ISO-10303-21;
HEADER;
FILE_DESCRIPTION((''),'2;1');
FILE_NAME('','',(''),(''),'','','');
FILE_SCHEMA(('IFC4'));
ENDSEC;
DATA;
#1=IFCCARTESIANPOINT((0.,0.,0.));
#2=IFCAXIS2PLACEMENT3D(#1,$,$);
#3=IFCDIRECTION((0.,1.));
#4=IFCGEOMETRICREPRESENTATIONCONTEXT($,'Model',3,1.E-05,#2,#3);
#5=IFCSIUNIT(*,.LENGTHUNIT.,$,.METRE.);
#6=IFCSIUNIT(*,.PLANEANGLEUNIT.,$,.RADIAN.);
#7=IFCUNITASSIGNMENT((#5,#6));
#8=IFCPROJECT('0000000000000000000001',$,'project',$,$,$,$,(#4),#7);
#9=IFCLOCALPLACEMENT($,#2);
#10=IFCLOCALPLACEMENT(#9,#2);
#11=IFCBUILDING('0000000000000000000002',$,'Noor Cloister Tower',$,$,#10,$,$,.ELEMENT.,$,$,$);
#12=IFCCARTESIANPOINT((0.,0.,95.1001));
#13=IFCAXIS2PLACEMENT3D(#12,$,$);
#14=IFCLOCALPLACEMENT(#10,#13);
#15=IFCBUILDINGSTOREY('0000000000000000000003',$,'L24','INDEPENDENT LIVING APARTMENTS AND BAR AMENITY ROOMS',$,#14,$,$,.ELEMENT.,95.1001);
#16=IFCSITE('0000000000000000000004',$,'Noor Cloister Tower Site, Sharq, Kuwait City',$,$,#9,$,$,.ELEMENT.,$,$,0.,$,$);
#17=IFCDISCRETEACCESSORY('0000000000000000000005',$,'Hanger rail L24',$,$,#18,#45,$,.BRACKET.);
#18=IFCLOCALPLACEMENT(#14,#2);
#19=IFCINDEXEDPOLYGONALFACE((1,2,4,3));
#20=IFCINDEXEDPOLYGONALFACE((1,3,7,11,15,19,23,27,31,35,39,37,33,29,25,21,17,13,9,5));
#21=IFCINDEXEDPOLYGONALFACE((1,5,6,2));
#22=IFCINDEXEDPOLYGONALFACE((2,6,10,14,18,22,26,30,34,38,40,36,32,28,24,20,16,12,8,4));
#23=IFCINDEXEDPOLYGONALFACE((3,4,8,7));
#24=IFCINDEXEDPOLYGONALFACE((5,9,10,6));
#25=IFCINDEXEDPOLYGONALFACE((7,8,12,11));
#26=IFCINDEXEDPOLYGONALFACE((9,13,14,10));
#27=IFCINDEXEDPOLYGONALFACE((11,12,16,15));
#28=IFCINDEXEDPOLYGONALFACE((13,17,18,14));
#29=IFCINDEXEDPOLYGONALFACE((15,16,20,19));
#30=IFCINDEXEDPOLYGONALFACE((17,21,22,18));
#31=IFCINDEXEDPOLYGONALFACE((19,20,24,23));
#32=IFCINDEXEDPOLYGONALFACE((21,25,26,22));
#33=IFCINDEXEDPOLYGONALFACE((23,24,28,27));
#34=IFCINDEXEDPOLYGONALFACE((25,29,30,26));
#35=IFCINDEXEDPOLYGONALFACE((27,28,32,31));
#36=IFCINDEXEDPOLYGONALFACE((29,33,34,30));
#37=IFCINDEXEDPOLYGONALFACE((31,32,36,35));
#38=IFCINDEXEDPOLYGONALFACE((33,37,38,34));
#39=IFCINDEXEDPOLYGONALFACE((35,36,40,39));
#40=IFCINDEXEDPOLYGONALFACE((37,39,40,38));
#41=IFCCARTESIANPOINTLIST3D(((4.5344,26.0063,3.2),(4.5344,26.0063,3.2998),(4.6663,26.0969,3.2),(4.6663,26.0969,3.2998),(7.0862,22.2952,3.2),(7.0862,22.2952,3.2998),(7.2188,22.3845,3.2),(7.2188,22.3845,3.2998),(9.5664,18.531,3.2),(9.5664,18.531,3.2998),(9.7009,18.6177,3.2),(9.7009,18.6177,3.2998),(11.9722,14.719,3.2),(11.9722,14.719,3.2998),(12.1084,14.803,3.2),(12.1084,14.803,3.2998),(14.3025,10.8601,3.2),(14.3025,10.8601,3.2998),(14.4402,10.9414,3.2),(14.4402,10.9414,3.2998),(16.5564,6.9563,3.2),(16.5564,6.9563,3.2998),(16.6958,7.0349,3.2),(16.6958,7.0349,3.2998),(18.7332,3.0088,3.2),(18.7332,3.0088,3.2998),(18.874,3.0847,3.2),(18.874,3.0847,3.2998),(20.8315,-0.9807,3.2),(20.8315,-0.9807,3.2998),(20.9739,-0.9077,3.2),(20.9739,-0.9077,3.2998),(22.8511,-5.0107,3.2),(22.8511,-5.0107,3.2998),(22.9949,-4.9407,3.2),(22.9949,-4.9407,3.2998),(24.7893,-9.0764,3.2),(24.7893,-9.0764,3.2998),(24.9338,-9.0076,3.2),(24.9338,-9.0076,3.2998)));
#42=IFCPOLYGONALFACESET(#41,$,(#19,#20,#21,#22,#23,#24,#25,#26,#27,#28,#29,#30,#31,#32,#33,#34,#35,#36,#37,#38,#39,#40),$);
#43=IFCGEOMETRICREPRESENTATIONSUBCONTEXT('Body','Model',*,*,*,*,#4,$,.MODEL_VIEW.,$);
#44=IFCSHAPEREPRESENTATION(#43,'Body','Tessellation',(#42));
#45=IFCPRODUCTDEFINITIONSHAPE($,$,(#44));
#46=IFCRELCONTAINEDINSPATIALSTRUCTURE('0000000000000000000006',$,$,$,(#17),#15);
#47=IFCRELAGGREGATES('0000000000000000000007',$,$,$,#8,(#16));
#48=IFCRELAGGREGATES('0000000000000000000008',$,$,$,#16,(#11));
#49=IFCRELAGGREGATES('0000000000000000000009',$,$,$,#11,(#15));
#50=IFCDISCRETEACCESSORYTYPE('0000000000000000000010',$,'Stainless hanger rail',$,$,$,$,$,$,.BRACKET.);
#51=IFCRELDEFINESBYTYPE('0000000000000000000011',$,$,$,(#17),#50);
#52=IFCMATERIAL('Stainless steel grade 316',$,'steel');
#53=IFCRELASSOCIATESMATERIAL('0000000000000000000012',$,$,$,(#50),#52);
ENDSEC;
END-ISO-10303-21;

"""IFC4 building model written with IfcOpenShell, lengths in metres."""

from ifc_helpers import new_model, si_unit, direction, frame, origin, place, context, subcontext, project, spatial, polyline, outline, extrude, material, type_object, element, save


model = new_model("IFC4")

# Units and contexts
model_context = context("Model", 3, precision=1e-05, world=origin(), true_north=direction((0.0, 1.0)))
body_context = subcontext(model_context, "Body", "Model", "MODEL_VIEW")
ifc_project = project(units=[si_unit("LENGTHUNIT", "METRE"), si_unit("PLANEANGLEUNIT", "RADIAN")], contexts=[model_context])

# Site, building, storey
site_placement = place(None, origin())
site = spatial("IfcSite", under=ifc_project, at=site_placement, Name="Noor Cloister Tower Site, Sharq, Kuwait City", CompositionType="ELEMENT", RefElevation=0.0)
building_placement = place(site_placement, origin())
building = spatial("IfcBuilding", under=site, at=building_placement, Name="Noor Cloister Tower", CompositionType="ELEMENT")
storey_placement = place(building_placement, frame((0.0, 0.0, 95.1001)))
storey = spatial("IfcBuildingStorey", under=building, at=storey_placement, Name="L24", Description="INDEPENDENT LIVING APARTMENTS AND BAR AMENITY ROOMS", CompositionType="ELEMENT", Elevation=95.1001)

# Discrete accessory
ifc_material_1 = material(Name="Stainless steel grade 316", Category="steel")
discrete_accessory_type = type_object("IfcDiscreteAccessoryType", Name="Stainless hanger rail", PredefinedType="BRACKET", material=ifc_material_1)
discrete_accessory_1_placement = place(storey_placement, frame((0.0, 0.0, 3.2)))
element("IfcDiscreteAccessory", 1, at=discrete_accessory_1_placement, inside=storey, type_object=discrete_accessory_type, Name="Hanger rail L24", PredefinedType="BRACKET", context=body_context, shape_type="SweptSolid", body=[
    extrude(outline(polyline([(24.9338, -9.0076), (22.9949, -4.9407), (20.9739, -0.9077), (18.874, 3.0847), (16.6958, 7.0349), (14.4402, 10.9414), (12.1084, 14.803), (9.7009, 18.6177), (7.2188, 22.3845), (4.6663, 26.0969), (4.5344, 26.0063), (7.0862, 22.2952), (9.5664, 18.531), (11.9722, 14.719), (14.3025, 10.8601), (16.5564, 6.9563), (18.7332, 3.0088), (20.8315, -0.9807), (22.8511, -5.0107), (24.7893, -9.0764), (24.9338, -9.0076)])), origin(), (0.0, 0.0, 1.0), 0.0999),
])

save(model, "model.ifc")
